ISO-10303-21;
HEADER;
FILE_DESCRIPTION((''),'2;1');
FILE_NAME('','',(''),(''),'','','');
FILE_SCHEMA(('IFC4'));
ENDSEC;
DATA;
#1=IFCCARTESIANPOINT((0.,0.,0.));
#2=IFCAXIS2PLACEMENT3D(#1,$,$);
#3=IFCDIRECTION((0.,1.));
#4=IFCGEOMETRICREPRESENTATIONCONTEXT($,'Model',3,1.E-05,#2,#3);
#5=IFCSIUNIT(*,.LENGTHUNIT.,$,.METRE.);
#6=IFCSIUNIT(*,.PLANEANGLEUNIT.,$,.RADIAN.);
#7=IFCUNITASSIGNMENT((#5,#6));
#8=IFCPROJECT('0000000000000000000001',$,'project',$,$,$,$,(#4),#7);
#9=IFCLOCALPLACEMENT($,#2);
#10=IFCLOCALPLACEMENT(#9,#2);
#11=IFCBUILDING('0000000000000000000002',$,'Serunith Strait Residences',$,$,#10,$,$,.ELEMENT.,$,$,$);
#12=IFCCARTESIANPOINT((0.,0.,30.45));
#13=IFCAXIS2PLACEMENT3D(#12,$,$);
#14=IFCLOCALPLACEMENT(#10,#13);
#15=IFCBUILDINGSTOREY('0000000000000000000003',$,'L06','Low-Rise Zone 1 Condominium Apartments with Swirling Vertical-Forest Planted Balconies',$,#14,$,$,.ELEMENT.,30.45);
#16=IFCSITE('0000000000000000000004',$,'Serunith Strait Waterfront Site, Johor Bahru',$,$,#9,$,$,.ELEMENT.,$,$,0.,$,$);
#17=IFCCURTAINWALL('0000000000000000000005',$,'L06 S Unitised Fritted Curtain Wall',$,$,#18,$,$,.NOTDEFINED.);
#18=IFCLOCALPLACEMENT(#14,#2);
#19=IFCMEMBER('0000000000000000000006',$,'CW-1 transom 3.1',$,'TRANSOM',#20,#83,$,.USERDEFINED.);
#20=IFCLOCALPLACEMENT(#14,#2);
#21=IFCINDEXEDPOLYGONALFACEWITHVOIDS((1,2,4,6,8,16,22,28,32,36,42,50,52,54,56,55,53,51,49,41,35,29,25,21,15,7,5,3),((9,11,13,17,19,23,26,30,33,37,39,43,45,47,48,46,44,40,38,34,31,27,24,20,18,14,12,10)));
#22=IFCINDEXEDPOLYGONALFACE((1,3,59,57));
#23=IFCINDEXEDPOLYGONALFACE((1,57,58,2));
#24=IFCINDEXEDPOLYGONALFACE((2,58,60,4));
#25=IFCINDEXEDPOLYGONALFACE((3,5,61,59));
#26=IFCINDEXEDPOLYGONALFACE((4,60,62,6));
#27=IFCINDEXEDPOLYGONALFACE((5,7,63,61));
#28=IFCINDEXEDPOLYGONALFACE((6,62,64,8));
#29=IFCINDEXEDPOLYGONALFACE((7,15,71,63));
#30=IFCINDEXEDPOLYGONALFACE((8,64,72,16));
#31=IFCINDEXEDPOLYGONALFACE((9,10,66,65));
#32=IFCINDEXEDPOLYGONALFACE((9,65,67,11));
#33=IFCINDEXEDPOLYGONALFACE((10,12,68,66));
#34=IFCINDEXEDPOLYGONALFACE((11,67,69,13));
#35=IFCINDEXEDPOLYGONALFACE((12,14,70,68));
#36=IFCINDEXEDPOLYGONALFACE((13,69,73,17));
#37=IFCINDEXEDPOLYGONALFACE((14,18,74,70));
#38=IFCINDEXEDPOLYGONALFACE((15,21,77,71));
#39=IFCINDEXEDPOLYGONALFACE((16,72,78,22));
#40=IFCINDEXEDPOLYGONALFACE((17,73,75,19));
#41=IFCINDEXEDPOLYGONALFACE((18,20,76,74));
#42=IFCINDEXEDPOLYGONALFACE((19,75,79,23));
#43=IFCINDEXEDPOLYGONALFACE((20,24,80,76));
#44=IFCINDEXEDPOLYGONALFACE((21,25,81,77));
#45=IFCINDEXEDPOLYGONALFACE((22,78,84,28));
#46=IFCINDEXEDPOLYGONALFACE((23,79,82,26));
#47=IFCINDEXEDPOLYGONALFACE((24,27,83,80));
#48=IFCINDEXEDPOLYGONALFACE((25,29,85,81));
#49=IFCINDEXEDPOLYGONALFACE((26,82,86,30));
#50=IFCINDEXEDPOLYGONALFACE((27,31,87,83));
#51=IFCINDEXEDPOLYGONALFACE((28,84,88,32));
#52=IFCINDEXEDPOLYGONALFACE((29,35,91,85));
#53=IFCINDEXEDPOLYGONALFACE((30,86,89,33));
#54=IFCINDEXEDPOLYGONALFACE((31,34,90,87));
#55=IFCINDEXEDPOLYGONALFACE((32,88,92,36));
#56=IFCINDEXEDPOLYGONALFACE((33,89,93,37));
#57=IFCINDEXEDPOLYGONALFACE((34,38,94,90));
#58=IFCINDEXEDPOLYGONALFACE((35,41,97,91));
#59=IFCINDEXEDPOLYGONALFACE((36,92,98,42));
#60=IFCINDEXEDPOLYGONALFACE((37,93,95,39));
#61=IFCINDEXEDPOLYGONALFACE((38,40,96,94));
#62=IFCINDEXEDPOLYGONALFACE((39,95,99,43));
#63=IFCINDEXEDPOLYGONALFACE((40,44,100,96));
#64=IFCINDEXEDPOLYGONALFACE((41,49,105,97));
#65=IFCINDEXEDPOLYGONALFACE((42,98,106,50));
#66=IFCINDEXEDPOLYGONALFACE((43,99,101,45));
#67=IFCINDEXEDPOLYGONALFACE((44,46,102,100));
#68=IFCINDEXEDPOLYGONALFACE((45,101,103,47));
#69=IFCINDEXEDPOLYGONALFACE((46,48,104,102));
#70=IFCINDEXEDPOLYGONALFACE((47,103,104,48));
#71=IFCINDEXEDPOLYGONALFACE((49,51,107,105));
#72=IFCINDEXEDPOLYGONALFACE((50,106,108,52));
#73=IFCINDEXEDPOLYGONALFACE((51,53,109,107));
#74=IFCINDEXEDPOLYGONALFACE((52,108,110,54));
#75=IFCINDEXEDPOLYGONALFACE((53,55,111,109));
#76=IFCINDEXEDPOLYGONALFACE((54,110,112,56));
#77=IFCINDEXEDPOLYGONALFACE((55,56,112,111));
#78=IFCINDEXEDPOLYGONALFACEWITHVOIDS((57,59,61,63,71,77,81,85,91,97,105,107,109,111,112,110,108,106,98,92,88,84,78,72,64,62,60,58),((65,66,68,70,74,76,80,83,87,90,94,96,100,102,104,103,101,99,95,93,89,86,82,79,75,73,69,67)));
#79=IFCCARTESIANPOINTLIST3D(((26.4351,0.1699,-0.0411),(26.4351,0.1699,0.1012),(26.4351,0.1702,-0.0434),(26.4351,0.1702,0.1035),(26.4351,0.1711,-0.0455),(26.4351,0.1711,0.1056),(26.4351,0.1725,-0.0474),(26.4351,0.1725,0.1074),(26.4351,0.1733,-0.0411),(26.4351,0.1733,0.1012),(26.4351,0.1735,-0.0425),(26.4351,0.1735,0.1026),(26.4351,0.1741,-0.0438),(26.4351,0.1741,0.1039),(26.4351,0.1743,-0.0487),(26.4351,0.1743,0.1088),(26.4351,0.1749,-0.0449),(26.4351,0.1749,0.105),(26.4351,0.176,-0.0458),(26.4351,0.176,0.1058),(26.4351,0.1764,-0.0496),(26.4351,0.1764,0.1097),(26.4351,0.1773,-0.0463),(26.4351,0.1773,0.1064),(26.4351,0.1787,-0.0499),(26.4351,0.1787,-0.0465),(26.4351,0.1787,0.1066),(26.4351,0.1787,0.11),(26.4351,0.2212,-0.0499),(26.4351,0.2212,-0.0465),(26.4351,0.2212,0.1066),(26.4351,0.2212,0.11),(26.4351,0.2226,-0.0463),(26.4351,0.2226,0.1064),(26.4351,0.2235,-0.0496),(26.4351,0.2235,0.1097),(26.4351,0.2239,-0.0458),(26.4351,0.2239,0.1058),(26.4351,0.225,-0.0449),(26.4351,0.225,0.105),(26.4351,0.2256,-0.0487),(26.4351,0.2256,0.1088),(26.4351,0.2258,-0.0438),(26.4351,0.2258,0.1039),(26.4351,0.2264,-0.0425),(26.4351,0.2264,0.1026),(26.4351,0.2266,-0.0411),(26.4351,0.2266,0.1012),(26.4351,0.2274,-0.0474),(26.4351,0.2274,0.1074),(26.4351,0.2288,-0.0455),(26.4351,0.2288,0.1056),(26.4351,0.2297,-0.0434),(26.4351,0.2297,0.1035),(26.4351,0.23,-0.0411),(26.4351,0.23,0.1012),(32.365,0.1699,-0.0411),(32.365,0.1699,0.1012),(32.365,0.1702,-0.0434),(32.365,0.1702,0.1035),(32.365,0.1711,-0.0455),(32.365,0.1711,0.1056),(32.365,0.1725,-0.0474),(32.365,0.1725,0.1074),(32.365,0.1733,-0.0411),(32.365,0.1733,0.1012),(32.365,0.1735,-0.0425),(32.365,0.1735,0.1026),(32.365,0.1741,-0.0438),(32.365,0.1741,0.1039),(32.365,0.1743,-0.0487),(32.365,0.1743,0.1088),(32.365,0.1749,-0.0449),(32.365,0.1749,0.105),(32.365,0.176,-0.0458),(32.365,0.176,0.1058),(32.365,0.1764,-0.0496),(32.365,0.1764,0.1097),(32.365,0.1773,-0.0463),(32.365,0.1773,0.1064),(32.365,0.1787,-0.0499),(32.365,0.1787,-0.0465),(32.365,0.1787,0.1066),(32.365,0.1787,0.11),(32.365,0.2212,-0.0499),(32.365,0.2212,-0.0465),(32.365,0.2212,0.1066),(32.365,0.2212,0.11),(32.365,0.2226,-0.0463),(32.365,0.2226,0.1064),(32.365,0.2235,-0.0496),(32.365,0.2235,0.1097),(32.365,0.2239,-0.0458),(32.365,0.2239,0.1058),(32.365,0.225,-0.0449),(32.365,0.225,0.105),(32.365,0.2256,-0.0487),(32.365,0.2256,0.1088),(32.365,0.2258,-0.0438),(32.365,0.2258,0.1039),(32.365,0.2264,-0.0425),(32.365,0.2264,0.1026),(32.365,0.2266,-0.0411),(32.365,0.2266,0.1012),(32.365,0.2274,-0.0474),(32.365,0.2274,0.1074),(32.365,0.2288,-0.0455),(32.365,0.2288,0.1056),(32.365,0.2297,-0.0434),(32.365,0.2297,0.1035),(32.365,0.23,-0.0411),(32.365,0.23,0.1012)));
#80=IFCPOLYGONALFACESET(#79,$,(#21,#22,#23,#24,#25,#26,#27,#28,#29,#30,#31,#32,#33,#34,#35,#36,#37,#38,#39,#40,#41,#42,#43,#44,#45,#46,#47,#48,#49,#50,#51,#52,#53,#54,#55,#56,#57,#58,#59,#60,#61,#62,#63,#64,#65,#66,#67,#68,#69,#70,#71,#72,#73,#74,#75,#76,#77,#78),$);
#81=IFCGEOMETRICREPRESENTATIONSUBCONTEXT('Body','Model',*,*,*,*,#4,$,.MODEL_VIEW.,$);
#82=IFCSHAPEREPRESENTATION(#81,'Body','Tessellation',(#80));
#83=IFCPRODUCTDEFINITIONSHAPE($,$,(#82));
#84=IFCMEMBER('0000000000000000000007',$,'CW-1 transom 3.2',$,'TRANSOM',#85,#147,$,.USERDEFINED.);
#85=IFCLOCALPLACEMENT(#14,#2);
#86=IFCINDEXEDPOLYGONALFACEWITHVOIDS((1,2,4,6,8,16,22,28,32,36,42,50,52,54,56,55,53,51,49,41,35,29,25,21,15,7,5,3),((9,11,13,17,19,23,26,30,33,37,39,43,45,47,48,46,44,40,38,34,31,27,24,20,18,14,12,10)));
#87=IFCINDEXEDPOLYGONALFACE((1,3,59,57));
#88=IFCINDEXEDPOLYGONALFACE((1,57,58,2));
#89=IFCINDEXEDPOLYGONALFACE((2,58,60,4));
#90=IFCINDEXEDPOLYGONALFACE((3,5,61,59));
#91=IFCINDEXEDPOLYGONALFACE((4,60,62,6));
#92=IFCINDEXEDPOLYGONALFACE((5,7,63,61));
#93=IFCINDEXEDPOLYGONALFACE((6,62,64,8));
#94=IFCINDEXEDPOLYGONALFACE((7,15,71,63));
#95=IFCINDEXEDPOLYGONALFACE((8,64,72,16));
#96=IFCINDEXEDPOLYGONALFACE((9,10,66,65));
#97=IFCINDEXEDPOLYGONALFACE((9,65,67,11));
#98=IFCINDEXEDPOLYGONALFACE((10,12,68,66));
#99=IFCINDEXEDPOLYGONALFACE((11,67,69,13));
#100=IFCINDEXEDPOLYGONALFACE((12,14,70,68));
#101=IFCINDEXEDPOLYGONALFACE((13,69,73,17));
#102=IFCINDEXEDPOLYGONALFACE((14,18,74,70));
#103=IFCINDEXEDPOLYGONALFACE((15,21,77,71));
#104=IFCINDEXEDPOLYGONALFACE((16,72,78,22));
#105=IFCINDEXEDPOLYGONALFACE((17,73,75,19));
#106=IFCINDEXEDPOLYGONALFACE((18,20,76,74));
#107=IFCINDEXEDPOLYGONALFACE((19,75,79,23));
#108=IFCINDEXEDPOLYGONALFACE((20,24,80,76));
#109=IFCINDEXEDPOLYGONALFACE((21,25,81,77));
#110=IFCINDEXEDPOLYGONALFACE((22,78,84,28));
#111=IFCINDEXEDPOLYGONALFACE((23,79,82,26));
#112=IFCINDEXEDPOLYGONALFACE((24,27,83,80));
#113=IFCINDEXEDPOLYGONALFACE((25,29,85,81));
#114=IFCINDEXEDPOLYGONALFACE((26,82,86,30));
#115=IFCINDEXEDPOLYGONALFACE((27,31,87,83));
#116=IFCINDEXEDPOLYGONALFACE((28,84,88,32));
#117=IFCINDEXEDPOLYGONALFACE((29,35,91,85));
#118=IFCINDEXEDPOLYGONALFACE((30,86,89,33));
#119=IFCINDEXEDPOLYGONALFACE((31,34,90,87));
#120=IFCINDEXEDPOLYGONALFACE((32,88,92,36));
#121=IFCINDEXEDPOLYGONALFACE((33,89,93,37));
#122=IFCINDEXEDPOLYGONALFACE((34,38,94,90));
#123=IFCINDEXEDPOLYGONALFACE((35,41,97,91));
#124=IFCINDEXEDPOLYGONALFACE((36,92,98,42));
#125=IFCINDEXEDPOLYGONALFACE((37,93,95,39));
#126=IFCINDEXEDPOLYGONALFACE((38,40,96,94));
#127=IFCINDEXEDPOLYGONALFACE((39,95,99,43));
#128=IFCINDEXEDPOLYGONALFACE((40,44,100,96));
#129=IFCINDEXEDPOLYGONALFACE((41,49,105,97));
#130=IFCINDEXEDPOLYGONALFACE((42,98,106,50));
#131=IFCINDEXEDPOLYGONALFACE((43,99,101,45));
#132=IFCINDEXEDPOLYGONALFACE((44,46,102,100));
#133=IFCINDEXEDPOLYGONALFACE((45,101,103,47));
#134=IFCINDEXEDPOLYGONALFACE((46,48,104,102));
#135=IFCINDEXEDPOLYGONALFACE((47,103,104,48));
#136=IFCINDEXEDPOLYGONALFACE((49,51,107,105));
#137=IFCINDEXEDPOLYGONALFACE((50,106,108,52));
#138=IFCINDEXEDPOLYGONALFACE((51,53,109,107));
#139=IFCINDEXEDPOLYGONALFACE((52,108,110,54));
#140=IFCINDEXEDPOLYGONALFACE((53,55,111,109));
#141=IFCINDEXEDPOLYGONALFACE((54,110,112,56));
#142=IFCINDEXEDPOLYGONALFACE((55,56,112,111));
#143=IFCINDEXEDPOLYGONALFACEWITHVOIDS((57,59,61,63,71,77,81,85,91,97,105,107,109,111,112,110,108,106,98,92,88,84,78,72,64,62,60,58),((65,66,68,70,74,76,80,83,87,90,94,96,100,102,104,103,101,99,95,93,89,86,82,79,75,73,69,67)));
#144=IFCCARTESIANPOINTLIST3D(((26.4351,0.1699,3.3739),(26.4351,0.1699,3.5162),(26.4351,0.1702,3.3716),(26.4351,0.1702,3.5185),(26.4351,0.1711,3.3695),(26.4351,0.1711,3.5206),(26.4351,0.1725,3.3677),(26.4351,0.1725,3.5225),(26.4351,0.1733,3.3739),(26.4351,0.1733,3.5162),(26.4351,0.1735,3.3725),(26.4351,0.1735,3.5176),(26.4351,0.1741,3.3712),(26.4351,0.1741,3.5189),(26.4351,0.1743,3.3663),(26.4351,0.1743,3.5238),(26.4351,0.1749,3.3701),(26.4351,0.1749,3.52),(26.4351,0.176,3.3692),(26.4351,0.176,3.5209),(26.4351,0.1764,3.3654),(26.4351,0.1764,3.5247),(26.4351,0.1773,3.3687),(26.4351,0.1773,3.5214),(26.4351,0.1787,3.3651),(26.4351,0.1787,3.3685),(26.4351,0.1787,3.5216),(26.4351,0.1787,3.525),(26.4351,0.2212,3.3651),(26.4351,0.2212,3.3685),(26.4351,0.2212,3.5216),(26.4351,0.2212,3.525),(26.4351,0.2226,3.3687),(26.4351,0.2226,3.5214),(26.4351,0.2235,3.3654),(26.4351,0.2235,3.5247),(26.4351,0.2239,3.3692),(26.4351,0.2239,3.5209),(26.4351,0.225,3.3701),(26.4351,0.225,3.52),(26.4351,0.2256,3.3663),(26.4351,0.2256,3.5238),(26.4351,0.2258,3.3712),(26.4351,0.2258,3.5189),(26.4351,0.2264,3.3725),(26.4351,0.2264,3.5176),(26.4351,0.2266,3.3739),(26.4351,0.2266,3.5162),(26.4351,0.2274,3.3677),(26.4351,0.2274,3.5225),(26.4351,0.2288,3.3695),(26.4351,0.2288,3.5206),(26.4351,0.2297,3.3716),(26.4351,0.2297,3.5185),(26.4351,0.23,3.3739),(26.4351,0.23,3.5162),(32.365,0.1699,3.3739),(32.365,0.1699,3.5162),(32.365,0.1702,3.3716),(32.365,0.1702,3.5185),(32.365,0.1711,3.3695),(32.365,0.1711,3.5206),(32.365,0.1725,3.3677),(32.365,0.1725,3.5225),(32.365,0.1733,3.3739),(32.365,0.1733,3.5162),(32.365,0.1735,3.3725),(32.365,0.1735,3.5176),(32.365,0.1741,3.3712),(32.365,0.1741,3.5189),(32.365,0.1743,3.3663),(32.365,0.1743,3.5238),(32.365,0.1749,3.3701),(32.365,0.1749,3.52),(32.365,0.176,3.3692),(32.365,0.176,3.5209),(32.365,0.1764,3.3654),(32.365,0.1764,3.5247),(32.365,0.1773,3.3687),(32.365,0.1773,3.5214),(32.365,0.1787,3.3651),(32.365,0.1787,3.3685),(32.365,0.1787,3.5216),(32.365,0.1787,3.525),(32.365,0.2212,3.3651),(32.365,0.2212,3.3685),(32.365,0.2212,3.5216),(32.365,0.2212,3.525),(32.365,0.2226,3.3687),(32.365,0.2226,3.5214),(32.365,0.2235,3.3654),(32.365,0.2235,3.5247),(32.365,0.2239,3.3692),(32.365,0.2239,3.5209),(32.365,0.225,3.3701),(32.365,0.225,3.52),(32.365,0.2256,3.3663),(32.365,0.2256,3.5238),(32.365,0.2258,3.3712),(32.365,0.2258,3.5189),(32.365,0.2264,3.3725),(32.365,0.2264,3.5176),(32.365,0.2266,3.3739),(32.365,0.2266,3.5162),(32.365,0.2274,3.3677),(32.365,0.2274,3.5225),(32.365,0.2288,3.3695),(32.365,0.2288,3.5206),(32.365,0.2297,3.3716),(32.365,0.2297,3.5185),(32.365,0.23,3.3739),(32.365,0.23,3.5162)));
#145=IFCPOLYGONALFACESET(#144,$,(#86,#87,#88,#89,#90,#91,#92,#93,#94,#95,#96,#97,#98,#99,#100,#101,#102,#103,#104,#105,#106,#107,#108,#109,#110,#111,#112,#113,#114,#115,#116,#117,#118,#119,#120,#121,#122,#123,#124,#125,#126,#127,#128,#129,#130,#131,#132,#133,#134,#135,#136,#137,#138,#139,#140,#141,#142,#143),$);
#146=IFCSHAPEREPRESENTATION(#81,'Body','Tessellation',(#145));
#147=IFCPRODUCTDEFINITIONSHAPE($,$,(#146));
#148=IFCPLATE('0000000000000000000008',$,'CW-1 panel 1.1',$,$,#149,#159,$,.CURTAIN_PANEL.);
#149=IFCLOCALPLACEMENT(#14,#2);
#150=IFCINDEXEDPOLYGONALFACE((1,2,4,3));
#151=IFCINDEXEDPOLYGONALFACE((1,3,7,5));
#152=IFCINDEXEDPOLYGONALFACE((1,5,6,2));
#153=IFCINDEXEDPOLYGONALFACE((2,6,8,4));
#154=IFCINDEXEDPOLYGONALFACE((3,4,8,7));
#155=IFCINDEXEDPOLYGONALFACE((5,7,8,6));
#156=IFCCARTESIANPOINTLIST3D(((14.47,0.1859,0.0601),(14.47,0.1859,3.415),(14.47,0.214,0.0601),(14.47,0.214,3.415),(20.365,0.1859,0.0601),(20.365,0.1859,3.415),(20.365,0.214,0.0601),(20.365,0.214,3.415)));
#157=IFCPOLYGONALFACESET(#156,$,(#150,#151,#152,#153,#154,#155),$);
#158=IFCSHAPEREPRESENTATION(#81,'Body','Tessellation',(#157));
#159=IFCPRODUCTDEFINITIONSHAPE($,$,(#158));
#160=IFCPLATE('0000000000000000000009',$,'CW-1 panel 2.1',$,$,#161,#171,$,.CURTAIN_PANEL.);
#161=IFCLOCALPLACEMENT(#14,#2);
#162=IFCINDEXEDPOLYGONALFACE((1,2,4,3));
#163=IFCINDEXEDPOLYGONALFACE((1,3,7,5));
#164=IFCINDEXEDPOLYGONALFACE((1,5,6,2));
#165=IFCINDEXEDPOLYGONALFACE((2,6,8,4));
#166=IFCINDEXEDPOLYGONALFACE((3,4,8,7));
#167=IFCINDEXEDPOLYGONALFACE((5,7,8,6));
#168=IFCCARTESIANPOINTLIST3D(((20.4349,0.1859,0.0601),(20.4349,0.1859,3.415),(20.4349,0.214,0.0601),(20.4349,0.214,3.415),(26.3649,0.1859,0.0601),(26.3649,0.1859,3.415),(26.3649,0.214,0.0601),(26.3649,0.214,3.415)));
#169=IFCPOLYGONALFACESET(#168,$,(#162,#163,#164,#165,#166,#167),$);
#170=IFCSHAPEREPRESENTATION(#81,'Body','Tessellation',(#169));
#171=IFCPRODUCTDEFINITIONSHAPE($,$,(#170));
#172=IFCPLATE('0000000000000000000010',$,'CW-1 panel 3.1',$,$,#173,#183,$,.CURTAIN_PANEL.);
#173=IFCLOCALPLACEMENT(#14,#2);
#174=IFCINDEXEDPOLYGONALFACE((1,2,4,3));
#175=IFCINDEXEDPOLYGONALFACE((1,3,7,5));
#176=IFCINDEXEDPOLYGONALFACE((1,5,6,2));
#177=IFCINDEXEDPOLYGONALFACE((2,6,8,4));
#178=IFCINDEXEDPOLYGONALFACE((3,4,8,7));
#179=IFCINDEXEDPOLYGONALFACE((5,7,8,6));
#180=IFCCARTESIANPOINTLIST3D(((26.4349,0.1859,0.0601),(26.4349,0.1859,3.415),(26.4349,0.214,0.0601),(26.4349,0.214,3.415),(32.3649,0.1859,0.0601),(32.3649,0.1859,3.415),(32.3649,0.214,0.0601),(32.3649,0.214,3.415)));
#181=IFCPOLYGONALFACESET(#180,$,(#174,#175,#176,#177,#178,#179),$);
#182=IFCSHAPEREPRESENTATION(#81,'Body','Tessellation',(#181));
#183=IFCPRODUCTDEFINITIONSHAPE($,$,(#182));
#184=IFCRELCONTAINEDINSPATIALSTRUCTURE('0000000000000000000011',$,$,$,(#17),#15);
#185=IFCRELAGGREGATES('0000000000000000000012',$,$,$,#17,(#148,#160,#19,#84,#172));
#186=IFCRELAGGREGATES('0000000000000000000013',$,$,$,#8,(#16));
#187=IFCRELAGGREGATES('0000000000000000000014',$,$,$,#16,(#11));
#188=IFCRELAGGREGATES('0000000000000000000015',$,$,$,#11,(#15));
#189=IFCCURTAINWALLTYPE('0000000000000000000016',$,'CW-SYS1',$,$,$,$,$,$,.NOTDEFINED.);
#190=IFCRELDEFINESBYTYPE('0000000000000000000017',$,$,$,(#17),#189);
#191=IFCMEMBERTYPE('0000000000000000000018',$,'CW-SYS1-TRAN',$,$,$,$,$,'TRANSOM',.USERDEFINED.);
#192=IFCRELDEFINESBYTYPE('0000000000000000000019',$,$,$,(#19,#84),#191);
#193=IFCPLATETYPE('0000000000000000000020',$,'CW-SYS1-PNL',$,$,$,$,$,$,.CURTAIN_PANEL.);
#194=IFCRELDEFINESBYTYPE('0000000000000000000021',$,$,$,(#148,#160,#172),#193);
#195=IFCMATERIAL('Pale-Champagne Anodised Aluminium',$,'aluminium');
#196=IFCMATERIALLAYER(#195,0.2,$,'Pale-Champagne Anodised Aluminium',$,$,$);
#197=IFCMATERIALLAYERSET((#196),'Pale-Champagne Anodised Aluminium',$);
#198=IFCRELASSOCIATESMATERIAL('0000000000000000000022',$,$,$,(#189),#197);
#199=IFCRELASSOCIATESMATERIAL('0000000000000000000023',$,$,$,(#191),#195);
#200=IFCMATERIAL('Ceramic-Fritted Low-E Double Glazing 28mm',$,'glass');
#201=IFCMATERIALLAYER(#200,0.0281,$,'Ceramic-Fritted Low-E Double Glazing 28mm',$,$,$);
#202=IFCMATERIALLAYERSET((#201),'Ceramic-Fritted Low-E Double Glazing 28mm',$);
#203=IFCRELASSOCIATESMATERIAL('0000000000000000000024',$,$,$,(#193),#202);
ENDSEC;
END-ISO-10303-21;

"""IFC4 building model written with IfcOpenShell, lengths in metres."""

from ifc_helpers import new_model, si_unit, direction, frame, origin, origin_2d, place, context, subcontext, project, spatial, rectangle, hollow_rectangle, extrude, source, transform, mapped, material, layer, layer_set, material_profile, profile_set, type_object, element, aggregate, save


model = new_model("IFC4")

# Units and contexts
model_context = context("Model", 3, precision=1e-05, world=origin(), true_north=direction((0.0, 1.0)))
body_context = subcontext(model_context, "Body", "Model", "MODEL_VIEW")
ifc_project = project(units=[si_unit("LENGTHUNIT", "METRE"), si_unit("PLANEANGLEUNIT", "RADIAN")], contexts=[model_context])

# Site, building, storey
site_placement = place(None, origin())
site = spatial("IfcSite", under=ifc_project, at=site_placement, Name="Serunith Strait Waterfront Site, Johor Bahru", CompositionType="ELEMENT", RefElevation=0.0)
building_placement = place(site_placement, origin())
building = spatial("IfcBuilding", under=site, at=building_placement, Name="Serunith Strait Residences", CompositionType="ELEMENT")
storey_placement = place(building_placement, frame((0.0, 0.0, 30.45)))
storey = spatial("IfcBuildingStorey", under=building, at=storey_placement, Name="L06", Description="Low-Rise Zone 1 Condominium Apartments with Swirling Vertical-Forest Planted Balconies", CompositionType="ELEMENT", Elevation=30.45)

# Curtain wall, members, plates
ifc_material_1 = material(Name="Pale-Champagne Anodised Aluminium", Category="aluminium")
ifc_layer_1 = layer(ifc_material_1, 0.2, Name="Pale-Champagne Anodised Aluminium")
ifc_layer_set_1 = layer_set([ifc_layer_1], Name="Pale-Champagne Anodised Aluminium")
curtain_wall_type = type_object("IfcCurtainWallType", Name="CW-SYS1", PredefinedType="NOTDEFINED", material=ifc_layer_set_1)
curtain_wall_placement = place(storey_placement, origin())
curtain_wall = element("IfcCurtainWall", 1, at=curtain_wall_placement, inside=storey, type_object=curtain_wall_type, Name="L06 S Unitised Fritted Curtain Wall", PredefinedType="NOTDEFINED")
ifc_material_profile_1 = material_profile(ifc_material_1, hollow_rectangle(XDim=0.0601, YDim=0.1599, WallThickness=0.0034, InnerFilletRadius=0.0054, OuterFilletRadius=0.0088, at=origin_2d()), Name="ALU 160x60x3.5")
ifc_profile_set_1 = profile_set([ifc_material_profile_1], Name="Pale-Champagne Anodised Aluminium")
member_type_1 = type_object("IfcMemberType", Name="CW-SYS1-TRAN", ElementType="TRANSOM", PredefinedType="USERDEFINED", material=ifc_profile_set_1)
shared_shape_1 = source(origin(), body_context, "Body", "SweptSolid", [
    extrude(hollow_rectangle(XDim=0.0601, YDim=0.1599, WallThickness=0.0034, InnerFilletRadius=0.0054, OuterFilletRadius=0.0088, at=origin_2d()), origin(), (0.0, 0.0, 1.0), 5.9299),
])
member_1_placement = place(storey_placement, frame((26.4351, 0.2, 0.03), z_axis=(1.0, 0.0, 0.0), x_axis=(0.0, 1.0, 0.0)))
member_1 = element("IfcMember", 2, at=member_1_placement, type_object=member_type_1, Name="CW-1 transom 3.1", ObjectType="TRANSOM", PredefinedType="USERDEFINED", context=body_context, shape_type="MappedRepresentation", body=[
    mapped(shared_shape_1, transform((0.0, 0.0, 0.0), scale=1.0)),
])
member_2_placement = place(storey_placement, frame((26.4351, 0.2, 3.4451), z_axis=(1.0, 0.0, 0.0), x_axis=(0.0, 1.0, 0.0)))
member_2 = element("IfcMember", 3, at=member_2_placement, type_object=member_type_1, Name="CW-1 transom 3.2", ObjectType="TRANSOM", PredefinedType="USERDEFINED", context=body_context, shape_type="MappedRepresentation", body=[
    mapped(shared_shape_1, transform((0.0, 0.0, 0.0), scale=1.0)),
])
ifc_material_2 = material(Name="Ceramic-Fritted Low-E Double Glazing 28mm", Category="glass")
ifc_layer_2 = layer(ifc_material_2, 0.0281, Name="Ceramic-Fritted Low-E Double Glazing 28mm")
ifc_layer_set_2 = layer_set([ifc_layer_2], Name="Ceramic-Fritted Low-E Double Glazing 28mm")
plate_type = type_object("IfcPlateType", Name="CW-SYS1-PNL", PredefinedType="CURTAIN_PANEL", material=ifc_layer_set_2)
shared_shape_2 = source(origin(), body_context, "Body", "SweptSolid", [
    extrude(rectangle(XDim=5.895, YDim=0.0281, at=origin_2d()), origin(), (0.0, 0.0, 1.0), 3.355),
])
plate_1_placement = place(storey_placement, frame((17.4175, 0.2, 0.0601), z_axis=(0.0, 0.0, 1.0), x_axis=(1.0, 0.0, 0.0)))
plate_1 = element("IfcPlate", 4, at=plate_1_placement, type_object=plate_type, Name="CW-1 panel 1.1", PredefinedType="CURTAIN_PANEL", context=body_context, shape_type="MappedRepresentation", body=[
    mapped(shared_shape_2, transform((0.0, 0.0, 0.0), scale=1.0)),
])
shared_shape_3 = source(origin(), body_context, "Body", "SweptSolid", [
    extrude(rectangle(XDim=5.9299, YDim=0.0281, at=origin_2d()), origin(), (0.0, 0.0, 1.0), 3.355),
])
plate_2_placement = place(storey_placement, frame((23.3999, 0.2, 0.0601), z_axis=(0.0, 0.0, 1.0), x_axis=(1.0, 0.0, 0.0)))
plate_2 = element("IfcPlate", 5, at=plate_2_placement, type_object=plate_type, Name="CW-1 panel 2.1", PredefinedType="CURTAIN_PANEL", context=body_context, shape_type="MappedRepresentation", body=[
    mapped(shared_shape_3, transform((0.0, 0.0, 0.0), scale=1.0)),
])
plate_3_placement = place(storey_placement, frame((29.3999, 0.2, 0.0601), z_axis=(0.0, 0.0, 1.0), x_axis=(1.0, 0.0, 0.0)))
plate_3 = element("IfcPlate", 6, at=plate_3_placement, type_object=plate_type, Name="CW-1 panel 3.1", PredefinedType="CURTAIN_PANEL", context=body_context, shape_type="MappedRepresentation", body=[
    mapped(shared_shape_3, transform((0.0, 0.0, 0.0), scale=1.0)),
])
aggregate(curtain_wall, [plate_1, plate_2, member_1, member_2, plate_3])

save(model, "model.ifc")
